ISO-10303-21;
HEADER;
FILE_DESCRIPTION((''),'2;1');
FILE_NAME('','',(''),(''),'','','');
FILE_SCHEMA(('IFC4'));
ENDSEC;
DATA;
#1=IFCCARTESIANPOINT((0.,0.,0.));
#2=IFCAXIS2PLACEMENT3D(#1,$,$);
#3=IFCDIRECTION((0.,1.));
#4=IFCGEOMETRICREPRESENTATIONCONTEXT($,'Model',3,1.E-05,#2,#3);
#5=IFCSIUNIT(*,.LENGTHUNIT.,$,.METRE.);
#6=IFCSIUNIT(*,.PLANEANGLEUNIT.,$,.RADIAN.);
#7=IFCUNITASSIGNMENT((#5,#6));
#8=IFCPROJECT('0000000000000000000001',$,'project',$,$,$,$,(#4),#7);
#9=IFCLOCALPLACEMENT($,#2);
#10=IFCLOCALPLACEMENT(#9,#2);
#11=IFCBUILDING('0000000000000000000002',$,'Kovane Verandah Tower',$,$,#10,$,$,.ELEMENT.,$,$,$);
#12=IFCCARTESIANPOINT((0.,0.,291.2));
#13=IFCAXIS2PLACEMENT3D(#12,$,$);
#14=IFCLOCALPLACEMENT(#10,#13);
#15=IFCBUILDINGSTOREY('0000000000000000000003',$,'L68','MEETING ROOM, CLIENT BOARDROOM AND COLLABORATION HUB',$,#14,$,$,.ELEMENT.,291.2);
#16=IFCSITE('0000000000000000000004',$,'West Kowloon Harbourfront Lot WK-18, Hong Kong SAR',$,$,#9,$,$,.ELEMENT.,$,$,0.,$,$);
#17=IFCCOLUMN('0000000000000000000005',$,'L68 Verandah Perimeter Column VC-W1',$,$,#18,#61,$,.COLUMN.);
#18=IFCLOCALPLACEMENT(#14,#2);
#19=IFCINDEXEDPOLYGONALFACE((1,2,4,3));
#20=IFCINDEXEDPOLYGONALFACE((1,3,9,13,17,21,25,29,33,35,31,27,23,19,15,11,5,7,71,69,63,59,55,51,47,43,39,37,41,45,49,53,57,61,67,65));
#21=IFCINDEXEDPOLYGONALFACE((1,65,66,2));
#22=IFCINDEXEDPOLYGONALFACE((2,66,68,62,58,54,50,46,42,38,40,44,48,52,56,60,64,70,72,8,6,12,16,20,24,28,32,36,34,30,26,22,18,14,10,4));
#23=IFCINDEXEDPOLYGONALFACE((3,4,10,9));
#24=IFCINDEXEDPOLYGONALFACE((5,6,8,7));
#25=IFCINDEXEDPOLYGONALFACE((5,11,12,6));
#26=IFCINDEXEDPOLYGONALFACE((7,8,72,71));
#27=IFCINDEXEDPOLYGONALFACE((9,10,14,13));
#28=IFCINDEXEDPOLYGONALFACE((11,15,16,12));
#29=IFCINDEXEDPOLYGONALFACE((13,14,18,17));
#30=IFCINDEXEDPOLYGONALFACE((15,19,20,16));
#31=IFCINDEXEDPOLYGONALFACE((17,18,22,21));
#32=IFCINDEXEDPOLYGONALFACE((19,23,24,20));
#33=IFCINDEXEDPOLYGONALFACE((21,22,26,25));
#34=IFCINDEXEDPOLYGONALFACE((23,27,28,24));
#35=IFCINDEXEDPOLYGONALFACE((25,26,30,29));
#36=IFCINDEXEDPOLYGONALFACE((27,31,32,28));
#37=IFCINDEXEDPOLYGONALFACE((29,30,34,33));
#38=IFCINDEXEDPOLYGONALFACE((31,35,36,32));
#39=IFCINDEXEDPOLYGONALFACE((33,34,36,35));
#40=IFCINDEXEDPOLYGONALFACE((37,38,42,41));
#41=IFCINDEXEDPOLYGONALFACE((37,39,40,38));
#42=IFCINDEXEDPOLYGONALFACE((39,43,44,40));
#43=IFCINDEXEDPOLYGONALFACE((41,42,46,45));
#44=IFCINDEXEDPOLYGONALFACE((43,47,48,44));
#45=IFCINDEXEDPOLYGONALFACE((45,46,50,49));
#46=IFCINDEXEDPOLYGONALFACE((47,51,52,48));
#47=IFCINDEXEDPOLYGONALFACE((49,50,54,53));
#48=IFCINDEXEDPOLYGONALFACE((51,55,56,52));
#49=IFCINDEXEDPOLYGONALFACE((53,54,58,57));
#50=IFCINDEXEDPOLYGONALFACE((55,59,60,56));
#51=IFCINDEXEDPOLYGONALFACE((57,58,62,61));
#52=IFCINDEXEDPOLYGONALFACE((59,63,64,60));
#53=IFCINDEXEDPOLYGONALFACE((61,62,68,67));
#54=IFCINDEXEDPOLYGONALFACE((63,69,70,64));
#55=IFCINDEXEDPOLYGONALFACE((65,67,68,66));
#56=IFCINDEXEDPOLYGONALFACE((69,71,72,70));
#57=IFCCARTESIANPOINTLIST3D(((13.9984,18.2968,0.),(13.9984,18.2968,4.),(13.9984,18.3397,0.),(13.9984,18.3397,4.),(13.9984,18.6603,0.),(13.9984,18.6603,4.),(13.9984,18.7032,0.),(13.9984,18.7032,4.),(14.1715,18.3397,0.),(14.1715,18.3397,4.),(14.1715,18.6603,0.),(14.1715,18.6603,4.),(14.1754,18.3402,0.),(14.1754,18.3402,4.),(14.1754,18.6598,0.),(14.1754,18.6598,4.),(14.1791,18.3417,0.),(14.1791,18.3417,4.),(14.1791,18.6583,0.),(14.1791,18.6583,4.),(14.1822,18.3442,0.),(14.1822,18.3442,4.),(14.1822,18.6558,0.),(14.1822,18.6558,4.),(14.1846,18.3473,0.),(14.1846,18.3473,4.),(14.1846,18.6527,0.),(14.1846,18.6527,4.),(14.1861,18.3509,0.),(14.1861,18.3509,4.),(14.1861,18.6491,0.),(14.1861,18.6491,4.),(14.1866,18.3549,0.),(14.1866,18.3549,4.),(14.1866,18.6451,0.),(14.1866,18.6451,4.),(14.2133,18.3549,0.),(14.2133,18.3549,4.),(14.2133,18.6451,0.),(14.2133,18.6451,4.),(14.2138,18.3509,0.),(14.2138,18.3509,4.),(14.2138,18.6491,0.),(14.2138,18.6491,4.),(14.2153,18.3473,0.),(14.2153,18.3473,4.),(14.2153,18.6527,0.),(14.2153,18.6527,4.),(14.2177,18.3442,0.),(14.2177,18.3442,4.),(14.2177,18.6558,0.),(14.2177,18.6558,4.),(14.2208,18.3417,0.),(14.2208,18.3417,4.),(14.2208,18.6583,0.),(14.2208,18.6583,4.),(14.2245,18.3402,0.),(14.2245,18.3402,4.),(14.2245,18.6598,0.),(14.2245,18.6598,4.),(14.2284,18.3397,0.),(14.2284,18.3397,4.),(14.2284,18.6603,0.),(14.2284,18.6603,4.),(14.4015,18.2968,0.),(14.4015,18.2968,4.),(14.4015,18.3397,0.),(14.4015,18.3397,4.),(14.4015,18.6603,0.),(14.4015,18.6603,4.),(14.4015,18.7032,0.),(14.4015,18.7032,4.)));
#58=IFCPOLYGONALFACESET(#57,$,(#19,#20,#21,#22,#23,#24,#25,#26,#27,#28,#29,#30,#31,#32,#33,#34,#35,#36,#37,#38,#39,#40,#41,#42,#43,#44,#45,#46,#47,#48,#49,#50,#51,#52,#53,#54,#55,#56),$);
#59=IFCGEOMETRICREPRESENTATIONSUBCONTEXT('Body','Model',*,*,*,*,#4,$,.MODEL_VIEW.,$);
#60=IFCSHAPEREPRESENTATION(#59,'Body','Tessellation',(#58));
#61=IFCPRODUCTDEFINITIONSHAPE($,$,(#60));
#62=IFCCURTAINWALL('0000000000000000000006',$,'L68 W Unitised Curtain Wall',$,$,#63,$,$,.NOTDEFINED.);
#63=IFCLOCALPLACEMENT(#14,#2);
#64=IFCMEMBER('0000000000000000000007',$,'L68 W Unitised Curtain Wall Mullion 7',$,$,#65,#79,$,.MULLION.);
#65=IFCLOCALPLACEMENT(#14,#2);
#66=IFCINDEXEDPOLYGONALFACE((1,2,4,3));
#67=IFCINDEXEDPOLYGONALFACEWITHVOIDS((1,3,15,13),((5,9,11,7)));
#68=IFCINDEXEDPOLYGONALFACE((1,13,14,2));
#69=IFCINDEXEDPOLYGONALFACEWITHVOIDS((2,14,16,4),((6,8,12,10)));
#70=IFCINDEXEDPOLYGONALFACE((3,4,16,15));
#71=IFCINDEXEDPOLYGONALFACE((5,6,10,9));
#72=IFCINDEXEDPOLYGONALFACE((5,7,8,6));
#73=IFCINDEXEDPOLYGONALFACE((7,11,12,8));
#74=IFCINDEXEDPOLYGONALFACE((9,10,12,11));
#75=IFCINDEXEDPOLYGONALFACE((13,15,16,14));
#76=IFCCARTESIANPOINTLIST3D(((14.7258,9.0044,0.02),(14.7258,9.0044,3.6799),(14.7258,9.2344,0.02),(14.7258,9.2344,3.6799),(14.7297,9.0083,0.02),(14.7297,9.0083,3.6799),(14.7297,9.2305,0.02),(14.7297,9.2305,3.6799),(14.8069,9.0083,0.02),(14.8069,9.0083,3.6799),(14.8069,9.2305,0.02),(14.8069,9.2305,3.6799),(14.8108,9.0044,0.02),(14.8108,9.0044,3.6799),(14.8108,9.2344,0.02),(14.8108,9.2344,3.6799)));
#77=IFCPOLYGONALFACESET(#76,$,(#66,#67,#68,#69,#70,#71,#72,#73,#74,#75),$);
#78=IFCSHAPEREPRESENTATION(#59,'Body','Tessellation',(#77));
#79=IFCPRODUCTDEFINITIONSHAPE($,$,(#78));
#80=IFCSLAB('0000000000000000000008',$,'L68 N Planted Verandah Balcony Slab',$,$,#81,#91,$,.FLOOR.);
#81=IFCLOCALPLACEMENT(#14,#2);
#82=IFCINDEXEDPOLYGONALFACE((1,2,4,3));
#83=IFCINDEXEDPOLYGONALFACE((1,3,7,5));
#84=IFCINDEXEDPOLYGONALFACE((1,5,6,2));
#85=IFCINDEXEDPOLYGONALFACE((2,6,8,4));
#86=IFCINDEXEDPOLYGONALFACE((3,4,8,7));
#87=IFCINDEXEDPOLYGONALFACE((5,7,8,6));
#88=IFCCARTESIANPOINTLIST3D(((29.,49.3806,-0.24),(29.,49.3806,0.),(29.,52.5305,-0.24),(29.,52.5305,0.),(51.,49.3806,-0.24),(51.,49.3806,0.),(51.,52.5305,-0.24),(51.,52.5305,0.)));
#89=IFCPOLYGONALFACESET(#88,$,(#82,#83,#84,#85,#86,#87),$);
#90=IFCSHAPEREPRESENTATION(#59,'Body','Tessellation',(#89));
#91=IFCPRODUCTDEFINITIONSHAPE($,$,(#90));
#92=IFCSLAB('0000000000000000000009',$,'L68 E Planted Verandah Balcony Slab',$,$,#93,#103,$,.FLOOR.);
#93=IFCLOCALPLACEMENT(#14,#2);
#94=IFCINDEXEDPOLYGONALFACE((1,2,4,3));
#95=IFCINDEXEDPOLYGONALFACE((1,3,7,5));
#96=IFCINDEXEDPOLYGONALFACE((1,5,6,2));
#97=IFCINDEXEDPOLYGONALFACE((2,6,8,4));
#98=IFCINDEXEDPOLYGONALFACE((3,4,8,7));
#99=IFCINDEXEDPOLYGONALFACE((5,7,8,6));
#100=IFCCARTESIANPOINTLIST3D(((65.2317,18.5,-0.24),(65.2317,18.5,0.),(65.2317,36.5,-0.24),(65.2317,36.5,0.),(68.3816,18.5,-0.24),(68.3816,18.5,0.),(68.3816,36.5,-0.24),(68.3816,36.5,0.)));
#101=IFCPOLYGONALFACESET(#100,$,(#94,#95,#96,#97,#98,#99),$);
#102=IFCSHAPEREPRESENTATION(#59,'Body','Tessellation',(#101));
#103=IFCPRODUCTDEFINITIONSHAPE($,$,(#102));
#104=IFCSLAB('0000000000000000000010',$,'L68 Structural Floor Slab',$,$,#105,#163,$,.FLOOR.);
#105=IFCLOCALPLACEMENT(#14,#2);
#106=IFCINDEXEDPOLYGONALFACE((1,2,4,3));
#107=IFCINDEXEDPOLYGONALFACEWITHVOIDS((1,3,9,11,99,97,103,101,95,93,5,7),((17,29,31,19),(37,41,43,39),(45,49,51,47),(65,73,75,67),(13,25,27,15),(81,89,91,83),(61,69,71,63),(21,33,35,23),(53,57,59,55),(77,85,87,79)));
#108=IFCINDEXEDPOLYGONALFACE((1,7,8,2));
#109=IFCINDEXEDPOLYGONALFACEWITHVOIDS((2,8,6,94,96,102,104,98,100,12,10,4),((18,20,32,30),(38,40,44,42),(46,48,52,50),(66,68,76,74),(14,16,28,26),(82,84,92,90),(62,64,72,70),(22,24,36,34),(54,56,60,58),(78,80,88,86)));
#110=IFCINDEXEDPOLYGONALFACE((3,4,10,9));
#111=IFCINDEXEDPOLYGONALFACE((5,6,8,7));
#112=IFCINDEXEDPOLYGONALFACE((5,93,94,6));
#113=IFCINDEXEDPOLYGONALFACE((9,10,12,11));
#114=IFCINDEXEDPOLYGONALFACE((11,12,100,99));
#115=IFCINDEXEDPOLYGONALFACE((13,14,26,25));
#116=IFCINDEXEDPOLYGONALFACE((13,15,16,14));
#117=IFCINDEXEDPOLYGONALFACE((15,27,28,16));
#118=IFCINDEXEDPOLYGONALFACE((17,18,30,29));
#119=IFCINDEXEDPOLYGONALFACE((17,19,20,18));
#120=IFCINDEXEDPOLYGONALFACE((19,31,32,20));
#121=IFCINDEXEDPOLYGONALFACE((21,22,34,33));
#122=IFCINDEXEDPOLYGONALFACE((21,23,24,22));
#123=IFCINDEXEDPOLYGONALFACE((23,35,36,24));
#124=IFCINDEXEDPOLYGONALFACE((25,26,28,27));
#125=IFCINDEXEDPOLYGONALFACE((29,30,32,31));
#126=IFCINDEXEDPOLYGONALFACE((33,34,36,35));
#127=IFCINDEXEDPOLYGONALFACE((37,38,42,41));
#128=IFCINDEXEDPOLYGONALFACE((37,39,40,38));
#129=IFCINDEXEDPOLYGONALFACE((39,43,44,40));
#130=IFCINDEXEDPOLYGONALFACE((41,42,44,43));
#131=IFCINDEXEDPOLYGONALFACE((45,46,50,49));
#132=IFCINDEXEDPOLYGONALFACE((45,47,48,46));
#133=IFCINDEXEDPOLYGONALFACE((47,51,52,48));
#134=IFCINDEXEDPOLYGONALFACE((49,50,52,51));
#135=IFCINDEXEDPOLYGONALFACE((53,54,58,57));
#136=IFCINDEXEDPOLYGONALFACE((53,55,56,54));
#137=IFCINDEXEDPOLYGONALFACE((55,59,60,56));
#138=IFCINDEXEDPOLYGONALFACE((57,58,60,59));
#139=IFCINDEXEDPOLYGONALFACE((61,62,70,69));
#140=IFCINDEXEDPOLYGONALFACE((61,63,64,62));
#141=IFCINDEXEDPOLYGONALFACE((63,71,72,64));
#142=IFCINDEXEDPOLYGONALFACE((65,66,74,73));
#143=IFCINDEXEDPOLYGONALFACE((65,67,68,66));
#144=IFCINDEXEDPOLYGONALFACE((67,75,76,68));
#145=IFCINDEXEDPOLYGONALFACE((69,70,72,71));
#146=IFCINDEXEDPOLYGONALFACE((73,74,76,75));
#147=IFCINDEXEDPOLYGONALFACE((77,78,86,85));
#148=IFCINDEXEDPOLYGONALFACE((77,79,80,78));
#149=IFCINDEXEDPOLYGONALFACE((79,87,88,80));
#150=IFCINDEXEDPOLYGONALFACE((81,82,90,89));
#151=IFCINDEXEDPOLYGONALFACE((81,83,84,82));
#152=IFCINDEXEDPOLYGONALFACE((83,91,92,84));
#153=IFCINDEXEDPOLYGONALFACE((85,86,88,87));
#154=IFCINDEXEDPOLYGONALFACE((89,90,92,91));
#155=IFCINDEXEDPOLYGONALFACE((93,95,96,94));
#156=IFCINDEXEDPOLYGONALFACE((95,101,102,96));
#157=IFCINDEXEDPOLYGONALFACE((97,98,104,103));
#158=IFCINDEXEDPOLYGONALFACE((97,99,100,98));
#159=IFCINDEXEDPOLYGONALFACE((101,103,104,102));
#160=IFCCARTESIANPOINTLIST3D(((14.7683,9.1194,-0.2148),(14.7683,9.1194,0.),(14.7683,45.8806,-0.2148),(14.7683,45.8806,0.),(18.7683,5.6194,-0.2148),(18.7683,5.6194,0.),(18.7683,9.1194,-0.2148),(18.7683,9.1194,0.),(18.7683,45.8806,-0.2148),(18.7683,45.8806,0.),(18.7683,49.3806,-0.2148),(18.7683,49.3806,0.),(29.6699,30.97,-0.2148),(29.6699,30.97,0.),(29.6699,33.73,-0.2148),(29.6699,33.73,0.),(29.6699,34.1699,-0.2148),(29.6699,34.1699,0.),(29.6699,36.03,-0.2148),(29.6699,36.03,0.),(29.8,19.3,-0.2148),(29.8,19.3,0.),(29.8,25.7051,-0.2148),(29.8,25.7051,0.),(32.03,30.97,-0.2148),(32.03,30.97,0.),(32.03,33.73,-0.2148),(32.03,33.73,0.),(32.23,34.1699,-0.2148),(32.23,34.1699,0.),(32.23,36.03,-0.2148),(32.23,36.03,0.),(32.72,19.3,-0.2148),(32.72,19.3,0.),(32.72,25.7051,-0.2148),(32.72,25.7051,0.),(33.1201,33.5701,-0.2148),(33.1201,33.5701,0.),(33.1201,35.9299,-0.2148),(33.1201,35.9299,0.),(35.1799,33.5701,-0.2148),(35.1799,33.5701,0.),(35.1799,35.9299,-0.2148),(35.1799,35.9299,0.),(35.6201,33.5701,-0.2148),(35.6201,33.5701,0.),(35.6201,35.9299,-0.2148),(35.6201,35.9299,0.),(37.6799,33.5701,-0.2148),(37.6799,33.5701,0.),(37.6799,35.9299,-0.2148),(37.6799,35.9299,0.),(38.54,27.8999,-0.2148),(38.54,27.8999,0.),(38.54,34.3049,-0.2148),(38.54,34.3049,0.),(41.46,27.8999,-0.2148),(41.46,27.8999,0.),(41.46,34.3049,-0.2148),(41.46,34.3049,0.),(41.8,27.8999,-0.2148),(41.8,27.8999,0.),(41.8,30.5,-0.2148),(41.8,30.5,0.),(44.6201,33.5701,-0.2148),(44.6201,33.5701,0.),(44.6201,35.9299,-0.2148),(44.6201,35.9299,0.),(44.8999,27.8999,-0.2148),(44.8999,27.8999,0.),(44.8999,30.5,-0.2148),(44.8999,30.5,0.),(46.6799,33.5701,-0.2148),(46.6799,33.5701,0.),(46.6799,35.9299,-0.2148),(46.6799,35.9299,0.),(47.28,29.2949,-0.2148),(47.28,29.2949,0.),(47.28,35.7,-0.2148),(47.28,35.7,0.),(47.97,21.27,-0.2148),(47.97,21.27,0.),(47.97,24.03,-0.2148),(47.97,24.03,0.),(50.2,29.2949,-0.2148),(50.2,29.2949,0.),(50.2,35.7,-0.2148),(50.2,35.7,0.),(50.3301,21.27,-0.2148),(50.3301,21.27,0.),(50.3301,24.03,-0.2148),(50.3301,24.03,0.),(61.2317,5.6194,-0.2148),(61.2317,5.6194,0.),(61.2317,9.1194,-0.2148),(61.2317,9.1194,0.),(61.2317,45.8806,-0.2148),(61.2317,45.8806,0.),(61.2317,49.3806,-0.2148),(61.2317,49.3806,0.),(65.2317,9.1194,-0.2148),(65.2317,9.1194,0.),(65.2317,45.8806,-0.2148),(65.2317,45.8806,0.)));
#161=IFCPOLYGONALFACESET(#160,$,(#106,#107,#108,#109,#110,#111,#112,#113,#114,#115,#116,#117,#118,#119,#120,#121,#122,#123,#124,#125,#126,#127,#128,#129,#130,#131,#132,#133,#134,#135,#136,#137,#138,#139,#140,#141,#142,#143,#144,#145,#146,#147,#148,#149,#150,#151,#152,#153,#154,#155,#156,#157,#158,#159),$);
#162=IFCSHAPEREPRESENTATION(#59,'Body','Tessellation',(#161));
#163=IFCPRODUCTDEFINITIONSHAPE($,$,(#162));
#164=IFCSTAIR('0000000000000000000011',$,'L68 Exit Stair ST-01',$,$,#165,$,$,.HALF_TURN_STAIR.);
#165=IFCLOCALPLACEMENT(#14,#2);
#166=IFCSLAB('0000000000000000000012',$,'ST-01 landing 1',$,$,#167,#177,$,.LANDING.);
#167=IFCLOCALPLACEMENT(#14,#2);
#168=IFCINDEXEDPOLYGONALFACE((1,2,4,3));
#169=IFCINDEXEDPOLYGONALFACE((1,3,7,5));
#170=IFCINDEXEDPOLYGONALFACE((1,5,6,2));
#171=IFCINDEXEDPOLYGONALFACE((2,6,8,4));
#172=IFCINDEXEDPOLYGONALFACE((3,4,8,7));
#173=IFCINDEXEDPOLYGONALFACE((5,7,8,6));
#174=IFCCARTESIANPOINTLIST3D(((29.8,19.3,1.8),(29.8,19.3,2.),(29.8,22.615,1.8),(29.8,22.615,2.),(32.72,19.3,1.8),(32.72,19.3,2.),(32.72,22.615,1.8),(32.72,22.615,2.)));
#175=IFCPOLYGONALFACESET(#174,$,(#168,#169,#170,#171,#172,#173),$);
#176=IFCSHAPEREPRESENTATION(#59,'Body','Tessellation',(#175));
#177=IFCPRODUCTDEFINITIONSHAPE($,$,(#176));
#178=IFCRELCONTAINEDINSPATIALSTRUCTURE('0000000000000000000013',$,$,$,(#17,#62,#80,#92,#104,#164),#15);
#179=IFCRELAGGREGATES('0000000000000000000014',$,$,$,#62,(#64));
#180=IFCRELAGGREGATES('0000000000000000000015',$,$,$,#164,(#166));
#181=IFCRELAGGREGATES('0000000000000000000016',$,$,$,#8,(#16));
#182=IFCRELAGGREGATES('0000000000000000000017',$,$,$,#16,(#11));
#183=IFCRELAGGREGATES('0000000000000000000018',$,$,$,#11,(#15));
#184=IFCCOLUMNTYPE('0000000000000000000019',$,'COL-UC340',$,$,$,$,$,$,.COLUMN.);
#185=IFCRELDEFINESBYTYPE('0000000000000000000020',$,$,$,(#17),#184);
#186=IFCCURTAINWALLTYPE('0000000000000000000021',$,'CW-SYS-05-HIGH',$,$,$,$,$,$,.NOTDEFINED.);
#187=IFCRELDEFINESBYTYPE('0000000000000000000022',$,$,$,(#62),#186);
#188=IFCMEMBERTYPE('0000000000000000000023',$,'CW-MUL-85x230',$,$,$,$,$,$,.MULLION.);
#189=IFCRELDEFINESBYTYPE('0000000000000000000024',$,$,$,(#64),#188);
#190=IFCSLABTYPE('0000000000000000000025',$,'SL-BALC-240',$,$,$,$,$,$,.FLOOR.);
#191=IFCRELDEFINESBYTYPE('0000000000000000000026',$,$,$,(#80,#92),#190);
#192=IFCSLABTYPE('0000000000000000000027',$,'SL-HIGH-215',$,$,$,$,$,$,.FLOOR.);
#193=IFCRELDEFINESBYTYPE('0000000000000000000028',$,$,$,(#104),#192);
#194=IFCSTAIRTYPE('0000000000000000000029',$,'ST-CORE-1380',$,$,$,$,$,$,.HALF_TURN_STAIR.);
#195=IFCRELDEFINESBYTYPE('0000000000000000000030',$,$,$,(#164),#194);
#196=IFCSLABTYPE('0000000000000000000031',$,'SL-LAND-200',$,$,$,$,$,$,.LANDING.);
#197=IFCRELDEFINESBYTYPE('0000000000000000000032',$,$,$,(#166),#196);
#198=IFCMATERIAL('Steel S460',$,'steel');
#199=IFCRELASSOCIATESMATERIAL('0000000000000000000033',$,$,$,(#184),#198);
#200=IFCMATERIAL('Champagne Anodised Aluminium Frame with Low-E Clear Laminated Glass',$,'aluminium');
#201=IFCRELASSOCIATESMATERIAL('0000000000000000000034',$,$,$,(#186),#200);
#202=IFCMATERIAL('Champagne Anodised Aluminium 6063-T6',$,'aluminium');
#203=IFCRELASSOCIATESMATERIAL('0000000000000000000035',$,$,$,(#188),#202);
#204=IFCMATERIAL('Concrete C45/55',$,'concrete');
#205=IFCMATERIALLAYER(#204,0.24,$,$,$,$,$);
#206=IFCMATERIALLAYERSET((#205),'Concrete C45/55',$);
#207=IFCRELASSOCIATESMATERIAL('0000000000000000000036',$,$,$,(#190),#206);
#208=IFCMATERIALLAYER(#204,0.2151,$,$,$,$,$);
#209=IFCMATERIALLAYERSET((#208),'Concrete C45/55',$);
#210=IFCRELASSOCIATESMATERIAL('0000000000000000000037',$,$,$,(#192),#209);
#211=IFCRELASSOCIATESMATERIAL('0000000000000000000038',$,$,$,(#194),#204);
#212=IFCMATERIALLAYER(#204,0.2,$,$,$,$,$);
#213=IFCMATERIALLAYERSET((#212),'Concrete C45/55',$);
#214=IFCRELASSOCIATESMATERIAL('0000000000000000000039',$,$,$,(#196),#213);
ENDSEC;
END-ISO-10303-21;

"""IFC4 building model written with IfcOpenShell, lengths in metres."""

from ifc_helpers import new_model, si_unit, direction, frame, origin, origin_2d, place, context, subcontext, project, spatial, polyline, hollow_rectangle, i_section, outline, extrude, material, layer, layer_set, material_profile, profile_set, type_object, element, aggregate, save


model = new_model("IFC4")

# Units and contexts
model_context = context("Model", 3, precision=1e-05, world=origin(), true_north=direction((0.0, 1.0)))
body_context = subcontext(model_context, "Body", "Model", "MODEL_VIEW")
ifc_project = project(units=[si_unit("LENGTHUNIT", "METRE"), si_unit("PLANEANGLEUNIT", "RADIAN")], contexts=[model_context])

# Site, building, storey
site_placement = place(None, origin())
site = spatial("IfcSite", under=ifc_project, at=site_placement, Name="West Kowloon Harbourfront Lot WK-18, Hong Kong SAR", CompositionType="ELEMENT", RefElevation=0.0)
building_placement = place(site_placement, origin())
building = spatial("IfcBuilding", under=site, at=building_placement, Name="Kovane Verandah Tower", CompositionType="ELEMENT")
storey_placement = place(building_placement, frame((0.0, 0.0, 291.2)))
storey = spatial("IfcBuildingStorey", under=building, at=storey_placement, Name="L68", Description="MEETING ROOM, CLIENT BOARDROOM AND COLLABORATION HUB", CompositionType="ELEMENT", Elevation=291.2)

# Column
ifc_material_1 = material(Name="Steel S460", Category="steel")
ifc_material_profile_1 = material_profile(ifc_material_1, i_section(OverallWidth=0.4031, OverallDepth=0.4065, WebThickness=0.0266, FlangeThickness=0.043, FilletRadius=0.0151, at=origin_2d()), Name="UC356x406x340")
ifc_profile_set_1 = profile_set([ifc_material_profile_1], Name="Steel S460")
column_type = type_object("IfcColumnType", Name="COL-UC340", PredefinedType="COLUMN", material=ifc_profile_set_1)
column_placement = place(storey_placement, frame((14.2, 18.5, 0.0), z_axis=(0.0, 0.0, 1.0), x_axis=(1.0, 0.0, 0.0)))
element("IfcColumn", 1, at=column_placement, inside=storey, type_object=column_type, Name="L68 Verandah Perimeter Column VC-W1", PredefinedType="COLUMN", context=body_context, shape_type="SweptSolid", body=[
    extrude(i_section(OverallWidth=0.4031, OverallDepth=0.4065, WebThickness=0.0266, FlangeThickness=0.043, FilletRadius=0.0151, at=origin_2d()), origin(), (0.0, 0.0, 1.0), 4.0),
])

# Curtain wall, member
ifc_material_2 = material(Name="Champagne Anodised Aluminium Frame with Low-E Clear Laminated Glass", Category="aluminium")
curtain_wall_type = type_object("IfcCurtainWallType", Name="CW-SYS-05-HIGH", PredefinedType="NOTDEFINED", material=ifc_material_2)
curtain_wall_placement = place(storey_placement, origin())
curtain_wall = element("IfcCurtainWall", 2, at=curtain_wall_placement, inside=storey, type_object=curtain_wall_type, Name="L68 W Unitised Curtain Wall", PredefinedType="NOTDEFINED")
ifc_material_3 = material(Name="Champagne Anodised Aluminium 6063-T6", Category="aluminium")
ifc_material_profile_2 = material_profile(ifc_material_3, hollow_rectangle(XDim=0.085, YDim=0.23, WallThickness=0.0039, at=origin_2d()), Name="AL85x230x4")
ifc_profile_set_2 = profile_set([ifc_material_profile_2], Name="Champagne Anodised Aluminium 6063-T6")
member_type = type_object("IfcMemberType", Name="CW-MUL-85x230", PredefinedType="MULLION", material=ifc_profile_set_2)
member_placement = place(storey_placement, frame((14.7683, 9.1194, 0.02), z_axis=(0.0, 0.0, 1.0), x_axis=(-1.0, 0.0, 0.0)))
member = element("IfcMember", 3, at=member_placement, type_object=member_type, Name="L68 W Unitised Curtain Wall Mullion 7", PredefinedType="MULLION", context=body_context, shape_type="SweptSolid", body=[
    extrude(hollow_rectangle(XDim=0.085, YDim=0.23, WallThickness=0.0039, at=origin_2d()), origin(), (0.0, 0.0, 1.0), 3.6599),
])
aggregate(curtain_wall, [member])

# Slabs
ifc_material_4 = material(Name="Concrete C45/55", Category="concrete")
ifc_layer_1 = layer(ifc_material_4, 0.24)
ifc_layer_set_1 = layer_set([ifc_layer_1], Name="Concrete C45/55")
slab_type_1 = type_object("IfcSlabType", Name="SL-BALC-240", PredefinedType="FLOOR", material=ifc_layer_set_1)
slab_1_placement = place(storey_placement, frame((0.0, 0.0, -0.24)))
element("IfcSlab", 4, at=slab_1_placement, inside=storey, type_object=slab_type_1, Name="L68 N Planted Verandah Balcony Slab", PredefinedType="FLOOR", context=body_context, shape_type="SweptSolid", body=[
    extrude(outline(polyline([(29.0, 49.3806), (51.0, 49.3806), (51.0, 52.5305), (29.0, 52.5305), (29.0, 49.3806)])), origin(), (0.0, 0.0, 1.0), 0.24),
])
slab_2_placement = place(storey_placement, frame((0.0, 0.0, -0.24)))
element("IfcSlab", 5, at=slab_2_placement, inside=storey, type_object=slab_type_1, Name="L68 E Planted Verandah Balcony Slab", PredefinedType="FLOOR", context=body_context, shape_type="SweptSolid", body=[
    extrude(outline(polyline([(65.2317, 18.5), (68.3816, 18.5), (68.3816, 36.5), (65.2317, 36.5), (65.2317, 18.5)])), origin(), (0.0, 0.0, 1.0), 0.24),
])
ifc_layer_2 = layer(ifc_material_4, 0.2151)
ifc_layer_set_2 = layer_set([ifc_layer_2], Name="Concrete C45/55")
slab_type_2 = type_object("IfcSlabType", Name="SL-HIGH-215", PredefinedType="FLOOR", material=ifc_layer_set_2)
slab_3_placement = place(storey_placement, frame((0.0, 0.0, -0.2148)))
element("IfcSlab", 6, at=slab_3_placement, inside=storey, type_object=slab_type_2, Name="L68 Structural Floor Slab", PredefinedType="FLOOR", context=body_context, shape_type="SweptSolid", body=[
    extrude(outline(polyline([(18.7683, 5.6194), (61.2317, 5.6194), (61.2317, 9.1194), (65.2317, 9.1194), (65.2317, 45.8806), (61.2317, 45.8806), (61.2317, 49.3806), (18.7683, 49.3806), (18.7683, 45.8806), (14.7683, 45.8806), (14.7683, 9.1194), (18.7683, 9.1194), (18.7683, 5.6194)]), holes=[polyline([(29.8, 19.3), (32.72, 19.3), (32.72, 25.7051), (29.8, 25.7051), (29.8, 19.3)]), polyline([(47.28, 29.2949), (50.2, 29.2949), (50.2, 35.7), (47.28, 35.7), (47.28, 29.2949)]), polyline([(38.54, 27.8999), (41.46, 27.8999), (41.46, 34.3049), (38.54, 34.3049), (38.54, 27.8999)]), polyline([(29.6699, 30.97), (32.03, 30.97), (32.03, 33.73), (29.6699, 33.73), (29.6699, 30.97)]), polyline([(47.97, 21.27), (50.3301, 21.27), (50.3301, 24.03), (47.97, 24.03), (47.97, 21.27)]), polyline([(29.6699, 34.1699), (32.23, 34.1699), (32.23, 36.03), (29.6699, 36.03), (29.6699, 34.1699)]), polyline([(33.1201, 33.5701), (35.1799, 33.5701), (35.1799, 35.9299), (33.1201, 35.9299), (33.1201, 33.5701)]), polyline([(35.6201, 33.5701), (37.6799, 33.5701), (37.6799, 35.9299), (35.6201, 35.9299), (35.6201, 33.5701)]), polyline([(44.6201, 33.5701), (46.6799, 33.5701), (46.6799, 35.9299), (44.6201, 35.9299), (44.6201, 33.5701)]), polyline([(41.8, 27.8999), (44.8999, 27.8999), (44.8999, 30.5), (41.8, 30.5), (41.8, 27.8999)])]), origin(), (0.0, 0.0, 1.0), 0.2148),
])

# Stair, slab
stair_type = type_object("IfcStairType", Name="ST-CORE-1380", PredefinedType="HALF_TURN_STAIR", material=ifc_material_4)
stair_1_placement = place(storey_placement, origin())
stair_1 = element("IfcStair", 7, at=stair_1_placement, inside=storey, type_object=stair_type, Name="L68 Exit Stair ST-01", PredefinedType="HALF_TURN_STAIR")
ifc_layer_3 = layer(ifc_material_4, 0.2)
ifc_layer_set_3 = layer_set([ifc_layer_3], Name="Concrete C45/55")
slab_type_3 = type_object("IfcSlabType", Name="SL-LAND-200", PredefinedType="LANDING", material=ifc_layer_set_3)
slab_4_placement = place(storey_placement, frame((0.0, 0.0, 1.8)))
slab_4 = element("IfcSlab", 8, at=slab_4_placement, type_object=slab_type_3, Name="ST-01 landing 1", PredefinedType="LANDING", context=body_context, shape_type="SweptSolid", body=[
    extrude(outline(polyline([(29.8, 22.615), (29.8, 19.3), (32.72, 19.3), (32.72, 22.615), (29.8, 22.615)])), origin(), (0.0, 0.0, 1.0), 0.2),
])
aggregate(stair_1, [slab_4])

save(model, "model.ifc")
